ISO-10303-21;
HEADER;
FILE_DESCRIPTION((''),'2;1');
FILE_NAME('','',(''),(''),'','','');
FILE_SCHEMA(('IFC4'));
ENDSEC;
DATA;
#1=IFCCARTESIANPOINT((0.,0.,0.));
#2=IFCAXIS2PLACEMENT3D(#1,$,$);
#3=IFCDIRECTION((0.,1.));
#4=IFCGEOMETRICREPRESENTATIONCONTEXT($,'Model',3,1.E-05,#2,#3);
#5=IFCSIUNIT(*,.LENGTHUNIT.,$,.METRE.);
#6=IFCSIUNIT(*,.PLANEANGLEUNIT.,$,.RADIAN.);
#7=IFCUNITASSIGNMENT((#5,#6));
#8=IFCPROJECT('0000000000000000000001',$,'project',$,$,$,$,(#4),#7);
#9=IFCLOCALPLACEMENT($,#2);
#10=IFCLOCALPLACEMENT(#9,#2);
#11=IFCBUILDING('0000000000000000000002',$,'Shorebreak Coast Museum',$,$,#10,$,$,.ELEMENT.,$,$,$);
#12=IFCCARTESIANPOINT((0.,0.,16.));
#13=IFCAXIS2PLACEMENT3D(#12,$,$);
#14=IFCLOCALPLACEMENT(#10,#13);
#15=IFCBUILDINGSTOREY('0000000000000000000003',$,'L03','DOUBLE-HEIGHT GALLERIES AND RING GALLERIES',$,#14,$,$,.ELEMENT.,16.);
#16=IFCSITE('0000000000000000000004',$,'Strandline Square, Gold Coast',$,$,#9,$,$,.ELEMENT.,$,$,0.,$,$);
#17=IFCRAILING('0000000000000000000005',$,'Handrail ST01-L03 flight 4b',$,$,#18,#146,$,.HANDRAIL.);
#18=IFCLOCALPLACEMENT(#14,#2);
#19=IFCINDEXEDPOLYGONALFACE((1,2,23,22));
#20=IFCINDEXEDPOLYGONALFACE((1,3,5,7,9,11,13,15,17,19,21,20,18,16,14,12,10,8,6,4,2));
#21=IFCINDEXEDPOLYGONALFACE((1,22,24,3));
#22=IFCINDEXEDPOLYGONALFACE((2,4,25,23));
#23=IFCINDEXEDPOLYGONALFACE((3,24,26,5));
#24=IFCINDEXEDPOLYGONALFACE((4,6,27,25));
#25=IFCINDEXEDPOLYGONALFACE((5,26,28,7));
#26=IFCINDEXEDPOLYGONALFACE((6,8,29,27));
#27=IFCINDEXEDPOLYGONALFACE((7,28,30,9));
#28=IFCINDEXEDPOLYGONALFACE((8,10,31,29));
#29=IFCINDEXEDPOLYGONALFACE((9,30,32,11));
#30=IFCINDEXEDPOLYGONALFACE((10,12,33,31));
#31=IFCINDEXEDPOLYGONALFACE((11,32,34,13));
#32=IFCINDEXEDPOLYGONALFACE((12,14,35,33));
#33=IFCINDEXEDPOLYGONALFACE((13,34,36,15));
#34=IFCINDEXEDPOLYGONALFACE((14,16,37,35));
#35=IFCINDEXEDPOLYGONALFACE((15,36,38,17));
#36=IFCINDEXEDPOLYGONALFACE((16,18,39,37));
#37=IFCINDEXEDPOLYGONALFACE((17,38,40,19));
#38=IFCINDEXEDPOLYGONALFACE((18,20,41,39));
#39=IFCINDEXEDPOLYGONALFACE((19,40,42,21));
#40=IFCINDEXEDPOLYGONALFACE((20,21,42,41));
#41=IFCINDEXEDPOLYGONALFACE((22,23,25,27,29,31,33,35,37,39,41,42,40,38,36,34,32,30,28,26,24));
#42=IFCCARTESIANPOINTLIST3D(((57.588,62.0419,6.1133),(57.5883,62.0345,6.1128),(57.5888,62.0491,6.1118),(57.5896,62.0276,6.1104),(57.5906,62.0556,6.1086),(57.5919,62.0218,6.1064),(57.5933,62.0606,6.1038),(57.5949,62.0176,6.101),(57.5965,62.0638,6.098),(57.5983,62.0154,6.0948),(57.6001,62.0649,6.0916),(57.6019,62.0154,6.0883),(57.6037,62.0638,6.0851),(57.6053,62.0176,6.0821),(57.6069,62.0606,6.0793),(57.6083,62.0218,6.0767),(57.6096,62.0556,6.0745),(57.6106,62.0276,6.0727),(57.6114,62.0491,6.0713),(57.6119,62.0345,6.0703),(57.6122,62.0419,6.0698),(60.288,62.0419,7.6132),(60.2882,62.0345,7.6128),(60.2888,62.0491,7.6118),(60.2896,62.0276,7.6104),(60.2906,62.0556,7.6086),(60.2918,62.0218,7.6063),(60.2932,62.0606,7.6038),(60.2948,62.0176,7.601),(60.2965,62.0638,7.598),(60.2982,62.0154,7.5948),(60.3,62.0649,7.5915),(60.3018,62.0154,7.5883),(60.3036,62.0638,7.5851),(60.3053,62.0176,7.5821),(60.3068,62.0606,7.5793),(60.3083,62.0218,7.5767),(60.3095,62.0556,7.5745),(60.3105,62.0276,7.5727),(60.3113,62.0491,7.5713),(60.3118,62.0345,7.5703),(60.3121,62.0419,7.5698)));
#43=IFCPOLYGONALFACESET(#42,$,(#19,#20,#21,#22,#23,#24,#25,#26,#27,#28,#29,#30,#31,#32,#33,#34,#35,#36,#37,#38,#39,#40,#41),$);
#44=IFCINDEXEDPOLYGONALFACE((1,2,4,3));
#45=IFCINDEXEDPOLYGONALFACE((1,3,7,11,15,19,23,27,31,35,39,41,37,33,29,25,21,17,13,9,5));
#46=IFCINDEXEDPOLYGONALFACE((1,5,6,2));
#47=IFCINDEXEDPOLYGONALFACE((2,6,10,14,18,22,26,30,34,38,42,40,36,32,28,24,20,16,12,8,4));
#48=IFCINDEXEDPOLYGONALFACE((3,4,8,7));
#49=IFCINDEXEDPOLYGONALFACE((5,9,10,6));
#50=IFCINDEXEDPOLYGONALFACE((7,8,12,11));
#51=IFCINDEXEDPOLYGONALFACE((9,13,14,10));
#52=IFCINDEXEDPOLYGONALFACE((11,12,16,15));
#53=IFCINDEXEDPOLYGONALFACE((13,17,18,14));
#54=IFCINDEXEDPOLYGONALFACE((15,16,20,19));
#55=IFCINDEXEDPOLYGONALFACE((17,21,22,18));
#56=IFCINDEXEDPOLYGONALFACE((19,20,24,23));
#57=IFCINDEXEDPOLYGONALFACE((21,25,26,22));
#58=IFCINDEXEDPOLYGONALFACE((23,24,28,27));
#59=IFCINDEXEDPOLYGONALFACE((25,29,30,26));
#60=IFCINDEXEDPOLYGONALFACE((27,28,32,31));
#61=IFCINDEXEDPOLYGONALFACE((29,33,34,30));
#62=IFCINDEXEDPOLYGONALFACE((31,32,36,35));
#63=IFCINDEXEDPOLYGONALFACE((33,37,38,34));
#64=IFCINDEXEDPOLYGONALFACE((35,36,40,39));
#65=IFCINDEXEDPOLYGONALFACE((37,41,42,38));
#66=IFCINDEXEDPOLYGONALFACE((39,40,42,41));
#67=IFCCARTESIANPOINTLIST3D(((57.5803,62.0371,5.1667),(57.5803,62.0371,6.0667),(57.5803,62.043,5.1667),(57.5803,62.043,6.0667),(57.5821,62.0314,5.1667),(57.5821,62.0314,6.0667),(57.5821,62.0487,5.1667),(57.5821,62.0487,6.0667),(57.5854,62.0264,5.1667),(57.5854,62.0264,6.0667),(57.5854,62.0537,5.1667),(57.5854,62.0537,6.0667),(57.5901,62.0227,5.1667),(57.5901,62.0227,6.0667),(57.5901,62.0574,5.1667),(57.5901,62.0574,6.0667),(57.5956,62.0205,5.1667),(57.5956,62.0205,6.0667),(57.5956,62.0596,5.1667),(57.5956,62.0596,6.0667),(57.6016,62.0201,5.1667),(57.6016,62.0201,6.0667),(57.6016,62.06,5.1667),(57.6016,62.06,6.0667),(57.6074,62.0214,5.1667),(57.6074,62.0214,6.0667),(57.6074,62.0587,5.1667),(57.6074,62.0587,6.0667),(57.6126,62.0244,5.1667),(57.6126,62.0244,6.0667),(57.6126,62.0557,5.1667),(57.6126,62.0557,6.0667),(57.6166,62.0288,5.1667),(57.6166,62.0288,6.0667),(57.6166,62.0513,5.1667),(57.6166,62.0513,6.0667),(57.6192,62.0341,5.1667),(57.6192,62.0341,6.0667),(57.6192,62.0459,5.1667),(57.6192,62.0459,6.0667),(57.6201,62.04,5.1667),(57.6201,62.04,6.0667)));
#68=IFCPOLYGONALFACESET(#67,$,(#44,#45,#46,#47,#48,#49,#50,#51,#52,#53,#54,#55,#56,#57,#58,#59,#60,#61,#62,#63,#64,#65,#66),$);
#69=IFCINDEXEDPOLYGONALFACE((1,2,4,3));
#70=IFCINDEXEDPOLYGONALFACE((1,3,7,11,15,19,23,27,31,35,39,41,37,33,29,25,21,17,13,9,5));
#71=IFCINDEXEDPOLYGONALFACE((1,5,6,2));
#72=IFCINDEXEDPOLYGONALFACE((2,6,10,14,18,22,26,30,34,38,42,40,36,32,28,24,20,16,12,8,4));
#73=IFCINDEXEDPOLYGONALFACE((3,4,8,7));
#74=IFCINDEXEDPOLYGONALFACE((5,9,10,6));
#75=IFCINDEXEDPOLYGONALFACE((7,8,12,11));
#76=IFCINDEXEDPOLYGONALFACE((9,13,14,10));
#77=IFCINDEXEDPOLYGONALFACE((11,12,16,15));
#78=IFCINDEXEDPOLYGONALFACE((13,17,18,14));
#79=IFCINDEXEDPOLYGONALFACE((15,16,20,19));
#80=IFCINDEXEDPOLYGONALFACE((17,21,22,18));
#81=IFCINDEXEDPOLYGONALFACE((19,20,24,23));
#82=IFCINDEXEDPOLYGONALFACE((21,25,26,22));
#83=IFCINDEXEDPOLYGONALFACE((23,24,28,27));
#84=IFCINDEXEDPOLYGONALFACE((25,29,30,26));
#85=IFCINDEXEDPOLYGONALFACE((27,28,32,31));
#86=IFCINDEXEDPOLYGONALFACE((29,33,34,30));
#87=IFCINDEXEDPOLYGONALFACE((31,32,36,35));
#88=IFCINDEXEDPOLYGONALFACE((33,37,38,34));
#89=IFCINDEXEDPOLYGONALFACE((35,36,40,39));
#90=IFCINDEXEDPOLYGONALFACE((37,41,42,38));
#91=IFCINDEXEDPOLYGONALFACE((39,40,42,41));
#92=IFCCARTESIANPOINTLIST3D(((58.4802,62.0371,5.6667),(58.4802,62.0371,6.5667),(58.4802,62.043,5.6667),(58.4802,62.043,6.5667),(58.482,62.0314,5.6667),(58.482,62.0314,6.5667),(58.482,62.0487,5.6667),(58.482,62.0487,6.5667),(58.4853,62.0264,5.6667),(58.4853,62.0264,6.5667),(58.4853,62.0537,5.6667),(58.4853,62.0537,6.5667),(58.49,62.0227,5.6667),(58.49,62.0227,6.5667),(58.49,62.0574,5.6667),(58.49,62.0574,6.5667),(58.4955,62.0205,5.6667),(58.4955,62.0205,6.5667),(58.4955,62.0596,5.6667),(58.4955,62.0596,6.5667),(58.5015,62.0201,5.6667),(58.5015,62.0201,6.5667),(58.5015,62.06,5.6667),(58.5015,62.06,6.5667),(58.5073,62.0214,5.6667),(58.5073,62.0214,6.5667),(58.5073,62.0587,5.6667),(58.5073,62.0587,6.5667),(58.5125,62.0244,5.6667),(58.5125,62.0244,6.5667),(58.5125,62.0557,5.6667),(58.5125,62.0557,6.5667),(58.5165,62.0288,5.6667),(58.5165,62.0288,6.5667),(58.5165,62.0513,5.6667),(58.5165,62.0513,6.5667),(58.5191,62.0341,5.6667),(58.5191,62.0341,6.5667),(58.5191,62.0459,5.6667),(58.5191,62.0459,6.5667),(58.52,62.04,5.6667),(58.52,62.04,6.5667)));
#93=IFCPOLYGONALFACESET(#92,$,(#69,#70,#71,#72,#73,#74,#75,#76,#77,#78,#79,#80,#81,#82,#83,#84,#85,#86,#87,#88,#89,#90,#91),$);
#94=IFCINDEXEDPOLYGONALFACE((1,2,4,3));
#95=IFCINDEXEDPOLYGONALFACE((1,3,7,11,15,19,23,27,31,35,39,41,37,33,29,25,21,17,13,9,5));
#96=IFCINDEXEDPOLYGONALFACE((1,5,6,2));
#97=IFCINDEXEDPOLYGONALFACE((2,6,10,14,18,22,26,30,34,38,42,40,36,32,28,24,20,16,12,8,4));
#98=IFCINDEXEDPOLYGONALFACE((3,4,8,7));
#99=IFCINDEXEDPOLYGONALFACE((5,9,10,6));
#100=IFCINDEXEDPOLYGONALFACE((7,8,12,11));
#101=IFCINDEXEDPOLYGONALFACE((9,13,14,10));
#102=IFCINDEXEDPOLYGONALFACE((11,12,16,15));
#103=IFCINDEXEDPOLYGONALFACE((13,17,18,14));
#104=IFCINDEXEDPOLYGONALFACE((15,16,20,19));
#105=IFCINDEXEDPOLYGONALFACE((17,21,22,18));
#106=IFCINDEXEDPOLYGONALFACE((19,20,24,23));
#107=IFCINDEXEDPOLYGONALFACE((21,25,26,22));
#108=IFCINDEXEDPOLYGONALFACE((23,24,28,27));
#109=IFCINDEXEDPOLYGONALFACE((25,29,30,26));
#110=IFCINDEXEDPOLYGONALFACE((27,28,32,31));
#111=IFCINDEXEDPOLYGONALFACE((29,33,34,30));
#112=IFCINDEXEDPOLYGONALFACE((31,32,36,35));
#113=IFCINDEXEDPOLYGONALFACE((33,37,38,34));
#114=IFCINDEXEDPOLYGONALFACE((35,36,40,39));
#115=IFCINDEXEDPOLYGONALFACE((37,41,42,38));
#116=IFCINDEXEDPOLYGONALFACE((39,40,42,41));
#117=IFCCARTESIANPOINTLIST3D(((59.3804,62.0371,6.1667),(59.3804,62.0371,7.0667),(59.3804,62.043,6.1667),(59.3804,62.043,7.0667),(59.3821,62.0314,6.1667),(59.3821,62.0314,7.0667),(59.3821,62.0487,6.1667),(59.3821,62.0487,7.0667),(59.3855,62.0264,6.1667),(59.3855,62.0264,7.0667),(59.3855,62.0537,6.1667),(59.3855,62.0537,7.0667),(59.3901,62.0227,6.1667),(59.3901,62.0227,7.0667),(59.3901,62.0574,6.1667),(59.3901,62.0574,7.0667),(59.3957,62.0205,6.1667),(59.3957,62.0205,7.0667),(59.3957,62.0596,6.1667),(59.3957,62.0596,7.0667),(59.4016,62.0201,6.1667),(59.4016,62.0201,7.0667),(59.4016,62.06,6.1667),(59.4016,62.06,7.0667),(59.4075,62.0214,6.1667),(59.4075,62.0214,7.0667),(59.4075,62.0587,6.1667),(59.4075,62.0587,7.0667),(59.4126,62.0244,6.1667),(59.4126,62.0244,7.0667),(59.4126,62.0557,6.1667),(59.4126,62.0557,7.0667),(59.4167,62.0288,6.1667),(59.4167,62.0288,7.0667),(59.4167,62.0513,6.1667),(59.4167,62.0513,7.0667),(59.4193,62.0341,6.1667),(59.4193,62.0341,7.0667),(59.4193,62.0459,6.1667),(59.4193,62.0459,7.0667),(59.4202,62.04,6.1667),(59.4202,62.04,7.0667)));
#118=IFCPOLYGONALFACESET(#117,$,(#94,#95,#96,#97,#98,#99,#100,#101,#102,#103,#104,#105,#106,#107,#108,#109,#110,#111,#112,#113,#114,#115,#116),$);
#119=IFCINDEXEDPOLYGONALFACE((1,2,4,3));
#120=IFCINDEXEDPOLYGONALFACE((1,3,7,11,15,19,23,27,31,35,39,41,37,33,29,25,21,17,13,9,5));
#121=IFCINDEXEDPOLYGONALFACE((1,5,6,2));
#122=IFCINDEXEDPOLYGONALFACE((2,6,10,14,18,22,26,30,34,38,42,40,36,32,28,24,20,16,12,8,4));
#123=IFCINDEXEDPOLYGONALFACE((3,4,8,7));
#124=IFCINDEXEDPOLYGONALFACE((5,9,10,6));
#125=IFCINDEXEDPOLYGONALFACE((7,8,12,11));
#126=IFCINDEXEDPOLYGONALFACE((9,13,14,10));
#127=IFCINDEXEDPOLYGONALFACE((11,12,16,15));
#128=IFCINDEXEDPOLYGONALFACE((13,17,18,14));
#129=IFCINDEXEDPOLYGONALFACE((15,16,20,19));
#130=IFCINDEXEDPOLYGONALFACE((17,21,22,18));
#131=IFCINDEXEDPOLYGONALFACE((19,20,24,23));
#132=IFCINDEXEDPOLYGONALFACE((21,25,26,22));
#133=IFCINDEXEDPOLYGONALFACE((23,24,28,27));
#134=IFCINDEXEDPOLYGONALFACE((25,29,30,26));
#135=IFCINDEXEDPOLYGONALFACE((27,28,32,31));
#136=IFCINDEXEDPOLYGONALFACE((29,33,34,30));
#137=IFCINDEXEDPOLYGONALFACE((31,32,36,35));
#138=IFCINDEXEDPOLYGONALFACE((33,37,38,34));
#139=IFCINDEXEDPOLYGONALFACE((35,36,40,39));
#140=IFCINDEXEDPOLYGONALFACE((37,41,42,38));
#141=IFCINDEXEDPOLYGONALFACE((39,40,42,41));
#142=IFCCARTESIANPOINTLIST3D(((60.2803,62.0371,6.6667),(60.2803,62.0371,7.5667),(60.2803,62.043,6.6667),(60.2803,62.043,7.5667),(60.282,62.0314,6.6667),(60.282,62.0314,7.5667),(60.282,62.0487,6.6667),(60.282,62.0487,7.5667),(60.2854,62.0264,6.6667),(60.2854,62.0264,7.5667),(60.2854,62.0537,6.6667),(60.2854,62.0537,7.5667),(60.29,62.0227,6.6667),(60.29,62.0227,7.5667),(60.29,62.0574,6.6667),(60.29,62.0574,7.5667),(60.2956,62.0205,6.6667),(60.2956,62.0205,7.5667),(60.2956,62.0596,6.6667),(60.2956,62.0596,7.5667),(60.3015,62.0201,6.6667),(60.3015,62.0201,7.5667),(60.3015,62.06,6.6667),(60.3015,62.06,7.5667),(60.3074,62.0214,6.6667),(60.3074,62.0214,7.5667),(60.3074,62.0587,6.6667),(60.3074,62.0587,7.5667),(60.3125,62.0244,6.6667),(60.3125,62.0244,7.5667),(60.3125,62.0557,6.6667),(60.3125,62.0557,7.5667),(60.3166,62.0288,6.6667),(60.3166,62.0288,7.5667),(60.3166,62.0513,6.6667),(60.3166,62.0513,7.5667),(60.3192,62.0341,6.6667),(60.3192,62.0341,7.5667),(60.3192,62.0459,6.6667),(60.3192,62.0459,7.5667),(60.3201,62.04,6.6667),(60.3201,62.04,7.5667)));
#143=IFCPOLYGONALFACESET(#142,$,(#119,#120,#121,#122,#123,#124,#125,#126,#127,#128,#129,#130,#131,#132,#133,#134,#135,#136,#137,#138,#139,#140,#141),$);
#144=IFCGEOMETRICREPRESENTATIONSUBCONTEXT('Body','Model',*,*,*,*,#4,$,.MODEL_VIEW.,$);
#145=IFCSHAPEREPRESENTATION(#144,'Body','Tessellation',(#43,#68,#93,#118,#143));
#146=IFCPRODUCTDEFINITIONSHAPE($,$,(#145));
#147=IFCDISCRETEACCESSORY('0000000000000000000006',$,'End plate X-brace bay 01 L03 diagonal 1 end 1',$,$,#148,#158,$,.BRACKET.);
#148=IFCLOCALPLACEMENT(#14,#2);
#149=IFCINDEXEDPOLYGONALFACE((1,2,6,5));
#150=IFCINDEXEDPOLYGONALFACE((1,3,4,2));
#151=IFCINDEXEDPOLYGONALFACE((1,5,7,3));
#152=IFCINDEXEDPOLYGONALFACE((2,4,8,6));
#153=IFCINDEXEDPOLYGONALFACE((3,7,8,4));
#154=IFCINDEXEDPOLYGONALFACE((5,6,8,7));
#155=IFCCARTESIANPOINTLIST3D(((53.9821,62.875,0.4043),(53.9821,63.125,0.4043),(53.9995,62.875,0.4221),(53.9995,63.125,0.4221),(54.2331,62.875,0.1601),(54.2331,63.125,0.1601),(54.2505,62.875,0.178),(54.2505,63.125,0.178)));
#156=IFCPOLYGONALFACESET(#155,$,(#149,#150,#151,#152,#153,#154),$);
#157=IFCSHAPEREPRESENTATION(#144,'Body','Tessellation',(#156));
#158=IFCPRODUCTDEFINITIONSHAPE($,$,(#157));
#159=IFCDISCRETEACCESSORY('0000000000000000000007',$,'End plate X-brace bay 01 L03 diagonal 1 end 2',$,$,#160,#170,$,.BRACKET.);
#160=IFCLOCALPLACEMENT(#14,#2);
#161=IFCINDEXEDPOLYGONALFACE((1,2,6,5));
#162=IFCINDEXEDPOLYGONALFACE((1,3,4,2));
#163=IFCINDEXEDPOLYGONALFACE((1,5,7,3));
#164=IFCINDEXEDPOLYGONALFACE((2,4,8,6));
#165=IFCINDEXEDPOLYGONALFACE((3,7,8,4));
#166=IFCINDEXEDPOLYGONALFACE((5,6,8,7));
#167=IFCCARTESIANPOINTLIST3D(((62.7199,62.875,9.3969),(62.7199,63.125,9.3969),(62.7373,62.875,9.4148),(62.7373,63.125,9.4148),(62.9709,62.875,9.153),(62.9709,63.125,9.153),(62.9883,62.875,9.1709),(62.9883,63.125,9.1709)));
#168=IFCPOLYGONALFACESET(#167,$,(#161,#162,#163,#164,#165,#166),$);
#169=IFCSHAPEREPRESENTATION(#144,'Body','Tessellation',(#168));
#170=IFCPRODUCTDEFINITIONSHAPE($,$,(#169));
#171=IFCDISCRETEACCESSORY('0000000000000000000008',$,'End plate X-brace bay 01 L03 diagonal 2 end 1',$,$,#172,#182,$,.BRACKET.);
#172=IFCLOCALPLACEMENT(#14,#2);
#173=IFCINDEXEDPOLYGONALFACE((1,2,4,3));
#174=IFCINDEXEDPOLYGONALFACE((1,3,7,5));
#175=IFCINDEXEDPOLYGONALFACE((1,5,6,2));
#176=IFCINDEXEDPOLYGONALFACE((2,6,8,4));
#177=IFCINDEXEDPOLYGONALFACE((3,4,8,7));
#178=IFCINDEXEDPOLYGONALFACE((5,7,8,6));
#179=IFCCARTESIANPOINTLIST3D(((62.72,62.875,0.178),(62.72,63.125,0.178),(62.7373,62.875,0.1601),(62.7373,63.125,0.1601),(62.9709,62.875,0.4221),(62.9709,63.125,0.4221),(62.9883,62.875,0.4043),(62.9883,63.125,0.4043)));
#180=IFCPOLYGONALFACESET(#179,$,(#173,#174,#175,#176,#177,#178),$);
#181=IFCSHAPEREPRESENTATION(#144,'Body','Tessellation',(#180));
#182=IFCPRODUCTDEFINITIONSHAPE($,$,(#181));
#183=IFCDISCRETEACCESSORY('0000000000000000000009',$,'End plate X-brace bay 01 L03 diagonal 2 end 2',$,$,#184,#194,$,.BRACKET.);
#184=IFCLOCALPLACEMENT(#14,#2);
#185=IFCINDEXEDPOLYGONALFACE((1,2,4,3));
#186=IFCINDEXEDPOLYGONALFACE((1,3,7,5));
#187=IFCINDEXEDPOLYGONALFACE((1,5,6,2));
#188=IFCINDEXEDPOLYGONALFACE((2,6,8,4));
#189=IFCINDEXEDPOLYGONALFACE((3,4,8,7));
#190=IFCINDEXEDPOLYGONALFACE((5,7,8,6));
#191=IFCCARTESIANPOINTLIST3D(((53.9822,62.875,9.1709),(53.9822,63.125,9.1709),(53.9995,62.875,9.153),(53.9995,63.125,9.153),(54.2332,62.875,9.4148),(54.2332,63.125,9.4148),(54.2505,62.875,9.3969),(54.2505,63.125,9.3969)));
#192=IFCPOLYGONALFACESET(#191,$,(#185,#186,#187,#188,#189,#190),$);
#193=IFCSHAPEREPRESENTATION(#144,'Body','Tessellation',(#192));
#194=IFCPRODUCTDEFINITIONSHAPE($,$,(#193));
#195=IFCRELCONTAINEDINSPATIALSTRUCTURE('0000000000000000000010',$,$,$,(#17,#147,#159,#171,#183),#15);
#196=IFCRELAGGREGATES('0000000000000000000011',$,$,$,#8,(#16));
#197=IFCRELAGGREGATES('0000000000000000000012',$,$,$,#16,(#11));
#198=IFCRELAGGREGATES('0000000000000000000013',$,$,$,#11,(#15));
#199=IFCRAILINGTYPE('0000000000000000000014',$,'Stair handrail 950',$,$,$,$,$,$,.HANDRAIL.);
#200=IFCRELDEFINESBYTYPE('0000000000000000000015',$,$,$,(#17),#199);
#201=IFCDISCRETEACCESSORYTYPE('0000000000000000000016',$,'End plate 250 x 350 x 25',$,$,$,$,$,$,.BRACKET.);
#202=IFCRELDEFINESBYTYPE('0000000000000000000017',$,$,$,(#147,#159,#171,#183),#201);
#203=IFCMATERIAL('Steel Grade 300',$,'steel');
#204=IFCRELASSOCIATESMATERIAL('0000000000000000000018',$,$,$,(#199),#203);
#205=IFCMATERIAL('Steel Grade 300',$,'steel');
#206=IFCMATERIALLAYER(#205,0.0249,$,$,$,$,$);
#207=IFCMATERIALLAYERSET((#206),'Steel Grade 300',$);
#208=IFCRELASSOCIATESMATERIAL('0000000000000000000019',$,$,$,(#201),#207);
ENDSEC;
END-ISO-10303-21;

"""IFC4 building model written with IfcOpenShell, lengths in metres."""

from ifc_helpers import new_model, si_unit, direction, frame, origin, origin_2d, place, context, subcontext, project, spatial, polyline, circle, outline, extrude, material, layer, layer_set, type_object, element, save


model = new_model("IFC4")

# Units and contexts
model_context = context("Model", 3, precision=1e-05, world=origin(), true_north=direction((0.0, 1.0)))
body_context = subcontext(model_context, "Body", "Model", "MODEL_VIEW")
ifc_project = project(units=[si_unit("LENGTHUNIT", "METRE"), si_unit("PLANEANGLEUNIT", "RADIAN")], contexts=[model_context])

# Site, building, storey
site_placement = place(None, origin())
site = spatial("IfcSite", under=ifc_project, at=site_placement, Name="Strandline Square, Gold Coast", CompositionType="ELEMENT", RefElevation=0.0)
building_placement = place(site_placement, origin())
building = spatial("IfcBuilding", under=site, at=building_placement, Name="Shorebreak Coast Museum", CompositionType="ELEMENT")
storey_placement = place(building_placement, frame((0.0, 0.0, 16.0)))
storey = spatial("IfcBuildingStorey", under=building, at=storey_placement, Name="L03", Description="DOUBLE-HEIGHT GALLERIES AND RING GALLERIES", CompositionType="ELEMENT", Elevation=16.0)

# Railing
ifc_material_1 = material(Name="Steel Grade 300", Category="steel")
railing_type_1 = type_object("IfcRailingType", Name="Stair handrail 950", PredefinedType="HANDRAIL", material=ifc_material_1)
for number, where, name in (
    (1, (57.6001, 62.04, 5.1667), "Handrail ST01-L03 flight 4b"),
):
    element("IfcRailing", number, at=place(storey_placement, frame(where)), inside=storey, type_object=railing_type_1, Name=name, PredefinedType="HANDRAIL", context=body_context, shape_type="SweptSolid", body=[
        extrude(circle(Radius=0.0249, at=origin_2d()), frame((0.0, 0.0, 0.9248), z_axis=(0.874154, 0.0, 0.48565), x_axis=(0.0, 1.0, 0.0)), (0.0, 0.0, 1.0), 3.0886),
        extrude(circle(Radius=0.02, at=origin_2d()), origin(), (0.0, 0.0, 1.0), 0.8999),
        extrude(circle(Radius=0.02, at=origin_2d()), frame((0.8999, 0.0, 0.5)), (0.0, 0.0, 1.0), 0.8999),
        extrude(circle(Radius=0.02, at=origin_2d()), frame((1.8, 0.0, 1.0)), (0.0, 0.0, 1.0), 0.8999),
        extrude(circle(Radius=0.02, at=origin_2d()), frame((2.7, 0.0, 1.5)), (0.0, 0.0, 1.0), 0.8999),
    ])

# Discrete accessories
ifc_material_2 = material(Name="Steel Grade 300", Category="steel")
ifc_layer_1 = layer(ifc_material_2, 0.0249)
ifc_layer_set_1 = layer_set([ifc_layer_1], Name="Steel Grade 300")
discrete_accessory_type = type_object("IfcDiscreteAccessoryType", Name="End plate 250 x 350 x 25", PredefinedType="BRACKET", material=ifc_layer_set_1)
discrete_accessory_1_placement = place(storey_placement, frame((54.2505, 62.875, 0.178), z_axis=(0.697278, 0.0, 0.716801), x_axis=(0.0, 1.0, 0.0)))
element("IfcDiscreteAccessory", 2, at=discrete_accessory_1_placement, inside=storey, type_object=discrete_accessory_type, Name="End plate X-brace bay 01 L03 diagonal 1 end 1", PredefinedType="BRACKET", context=body_context, shape_type="SweptSolid", body=[
    extrude(outline(polyline([(0.0, 0.0), (0.25, 0.0), (0.25, 0.3501), (0.0, 0.3501), (0.0, 0.0)])), origin(), (0.0, 0.0, -1.0), 0.0249),
])
discrete_accessory_2_placement = place(storey_placement, frame((62.9883, 62.875, 9.1709), z_axis=(0.696919, 0.0, 0.71715), x_axis=(0.0, 1.0, 0.0)))
element("IfcDiscreteAccessory", 3, at=discrete_accessory_2_placement, inside=storey, type_object=discrete_accessory_type, Name="End plate X-brace bay 01 L03 diagonal 1 end 2", PredefinedType="BRACKET", context=body_context, shape_type="SweptSolid", body=[
    extrude(outline(polyline([(0.0, 0.0), (0.25, 0.0), (0.25, 0.35), (0.0, 0.35), (0.0, 0.0)])), origin(), (0.0, 0.0, -1.0), 0.0249),
])
discrete_accessory_3_placement = place(storey_placement, frame((62.72, 63.125, 0.178), z_axis=(-0.697278, 0.0, 0.716801), x_axis=(0.0, -1.0, 0.0)))
element("IfcDiscreteAccessory", 4, at=discrete_accessory_3_placement, inside=storey, type_object=discrete_accessory_type, Name="End plate X-brace bay 01 L03 diagonal 2 end 1", PredefinedType="BRACKET", context=body_context, shape_type="SweptSolid", body=[
    extrude(outline(polyline([(0.0, 0.0), (0.25, 0.0), (0.25, 0.3501), (0.0, 0.3501), (0.0, 0.0)])), origin(), (0.0, 0.0, -1.0), 0.0249),
])
discrete_accessory_4_placement = place(storey_placement, frame((53.9822, 63.125, 9.1709), z_axis=(-0.696919, 0.0, 0.71715), x_axis=(0.0, -1.0, 0.0)))
element("IfcDiscreteAccessory", 5, at=discrete_accessory_4_placement, inside=storey, type_object=discrete_accessory_type, Name="End plate X-brace bay 01 L03 diagonal 2 end 2", PredefinedType="BRACKET", context=body_context, shape_type="SweptSolid", body=[
    extrude(outline(polyline([(0.0, 0.0), (0.25, 0.0), (0.25, 0.35), (0.0, 0.35), (0.0, 0.0)])), origin(), (0.0, 0.0, -1.0), 0.0249),
])

save(model, "model.ifc")
